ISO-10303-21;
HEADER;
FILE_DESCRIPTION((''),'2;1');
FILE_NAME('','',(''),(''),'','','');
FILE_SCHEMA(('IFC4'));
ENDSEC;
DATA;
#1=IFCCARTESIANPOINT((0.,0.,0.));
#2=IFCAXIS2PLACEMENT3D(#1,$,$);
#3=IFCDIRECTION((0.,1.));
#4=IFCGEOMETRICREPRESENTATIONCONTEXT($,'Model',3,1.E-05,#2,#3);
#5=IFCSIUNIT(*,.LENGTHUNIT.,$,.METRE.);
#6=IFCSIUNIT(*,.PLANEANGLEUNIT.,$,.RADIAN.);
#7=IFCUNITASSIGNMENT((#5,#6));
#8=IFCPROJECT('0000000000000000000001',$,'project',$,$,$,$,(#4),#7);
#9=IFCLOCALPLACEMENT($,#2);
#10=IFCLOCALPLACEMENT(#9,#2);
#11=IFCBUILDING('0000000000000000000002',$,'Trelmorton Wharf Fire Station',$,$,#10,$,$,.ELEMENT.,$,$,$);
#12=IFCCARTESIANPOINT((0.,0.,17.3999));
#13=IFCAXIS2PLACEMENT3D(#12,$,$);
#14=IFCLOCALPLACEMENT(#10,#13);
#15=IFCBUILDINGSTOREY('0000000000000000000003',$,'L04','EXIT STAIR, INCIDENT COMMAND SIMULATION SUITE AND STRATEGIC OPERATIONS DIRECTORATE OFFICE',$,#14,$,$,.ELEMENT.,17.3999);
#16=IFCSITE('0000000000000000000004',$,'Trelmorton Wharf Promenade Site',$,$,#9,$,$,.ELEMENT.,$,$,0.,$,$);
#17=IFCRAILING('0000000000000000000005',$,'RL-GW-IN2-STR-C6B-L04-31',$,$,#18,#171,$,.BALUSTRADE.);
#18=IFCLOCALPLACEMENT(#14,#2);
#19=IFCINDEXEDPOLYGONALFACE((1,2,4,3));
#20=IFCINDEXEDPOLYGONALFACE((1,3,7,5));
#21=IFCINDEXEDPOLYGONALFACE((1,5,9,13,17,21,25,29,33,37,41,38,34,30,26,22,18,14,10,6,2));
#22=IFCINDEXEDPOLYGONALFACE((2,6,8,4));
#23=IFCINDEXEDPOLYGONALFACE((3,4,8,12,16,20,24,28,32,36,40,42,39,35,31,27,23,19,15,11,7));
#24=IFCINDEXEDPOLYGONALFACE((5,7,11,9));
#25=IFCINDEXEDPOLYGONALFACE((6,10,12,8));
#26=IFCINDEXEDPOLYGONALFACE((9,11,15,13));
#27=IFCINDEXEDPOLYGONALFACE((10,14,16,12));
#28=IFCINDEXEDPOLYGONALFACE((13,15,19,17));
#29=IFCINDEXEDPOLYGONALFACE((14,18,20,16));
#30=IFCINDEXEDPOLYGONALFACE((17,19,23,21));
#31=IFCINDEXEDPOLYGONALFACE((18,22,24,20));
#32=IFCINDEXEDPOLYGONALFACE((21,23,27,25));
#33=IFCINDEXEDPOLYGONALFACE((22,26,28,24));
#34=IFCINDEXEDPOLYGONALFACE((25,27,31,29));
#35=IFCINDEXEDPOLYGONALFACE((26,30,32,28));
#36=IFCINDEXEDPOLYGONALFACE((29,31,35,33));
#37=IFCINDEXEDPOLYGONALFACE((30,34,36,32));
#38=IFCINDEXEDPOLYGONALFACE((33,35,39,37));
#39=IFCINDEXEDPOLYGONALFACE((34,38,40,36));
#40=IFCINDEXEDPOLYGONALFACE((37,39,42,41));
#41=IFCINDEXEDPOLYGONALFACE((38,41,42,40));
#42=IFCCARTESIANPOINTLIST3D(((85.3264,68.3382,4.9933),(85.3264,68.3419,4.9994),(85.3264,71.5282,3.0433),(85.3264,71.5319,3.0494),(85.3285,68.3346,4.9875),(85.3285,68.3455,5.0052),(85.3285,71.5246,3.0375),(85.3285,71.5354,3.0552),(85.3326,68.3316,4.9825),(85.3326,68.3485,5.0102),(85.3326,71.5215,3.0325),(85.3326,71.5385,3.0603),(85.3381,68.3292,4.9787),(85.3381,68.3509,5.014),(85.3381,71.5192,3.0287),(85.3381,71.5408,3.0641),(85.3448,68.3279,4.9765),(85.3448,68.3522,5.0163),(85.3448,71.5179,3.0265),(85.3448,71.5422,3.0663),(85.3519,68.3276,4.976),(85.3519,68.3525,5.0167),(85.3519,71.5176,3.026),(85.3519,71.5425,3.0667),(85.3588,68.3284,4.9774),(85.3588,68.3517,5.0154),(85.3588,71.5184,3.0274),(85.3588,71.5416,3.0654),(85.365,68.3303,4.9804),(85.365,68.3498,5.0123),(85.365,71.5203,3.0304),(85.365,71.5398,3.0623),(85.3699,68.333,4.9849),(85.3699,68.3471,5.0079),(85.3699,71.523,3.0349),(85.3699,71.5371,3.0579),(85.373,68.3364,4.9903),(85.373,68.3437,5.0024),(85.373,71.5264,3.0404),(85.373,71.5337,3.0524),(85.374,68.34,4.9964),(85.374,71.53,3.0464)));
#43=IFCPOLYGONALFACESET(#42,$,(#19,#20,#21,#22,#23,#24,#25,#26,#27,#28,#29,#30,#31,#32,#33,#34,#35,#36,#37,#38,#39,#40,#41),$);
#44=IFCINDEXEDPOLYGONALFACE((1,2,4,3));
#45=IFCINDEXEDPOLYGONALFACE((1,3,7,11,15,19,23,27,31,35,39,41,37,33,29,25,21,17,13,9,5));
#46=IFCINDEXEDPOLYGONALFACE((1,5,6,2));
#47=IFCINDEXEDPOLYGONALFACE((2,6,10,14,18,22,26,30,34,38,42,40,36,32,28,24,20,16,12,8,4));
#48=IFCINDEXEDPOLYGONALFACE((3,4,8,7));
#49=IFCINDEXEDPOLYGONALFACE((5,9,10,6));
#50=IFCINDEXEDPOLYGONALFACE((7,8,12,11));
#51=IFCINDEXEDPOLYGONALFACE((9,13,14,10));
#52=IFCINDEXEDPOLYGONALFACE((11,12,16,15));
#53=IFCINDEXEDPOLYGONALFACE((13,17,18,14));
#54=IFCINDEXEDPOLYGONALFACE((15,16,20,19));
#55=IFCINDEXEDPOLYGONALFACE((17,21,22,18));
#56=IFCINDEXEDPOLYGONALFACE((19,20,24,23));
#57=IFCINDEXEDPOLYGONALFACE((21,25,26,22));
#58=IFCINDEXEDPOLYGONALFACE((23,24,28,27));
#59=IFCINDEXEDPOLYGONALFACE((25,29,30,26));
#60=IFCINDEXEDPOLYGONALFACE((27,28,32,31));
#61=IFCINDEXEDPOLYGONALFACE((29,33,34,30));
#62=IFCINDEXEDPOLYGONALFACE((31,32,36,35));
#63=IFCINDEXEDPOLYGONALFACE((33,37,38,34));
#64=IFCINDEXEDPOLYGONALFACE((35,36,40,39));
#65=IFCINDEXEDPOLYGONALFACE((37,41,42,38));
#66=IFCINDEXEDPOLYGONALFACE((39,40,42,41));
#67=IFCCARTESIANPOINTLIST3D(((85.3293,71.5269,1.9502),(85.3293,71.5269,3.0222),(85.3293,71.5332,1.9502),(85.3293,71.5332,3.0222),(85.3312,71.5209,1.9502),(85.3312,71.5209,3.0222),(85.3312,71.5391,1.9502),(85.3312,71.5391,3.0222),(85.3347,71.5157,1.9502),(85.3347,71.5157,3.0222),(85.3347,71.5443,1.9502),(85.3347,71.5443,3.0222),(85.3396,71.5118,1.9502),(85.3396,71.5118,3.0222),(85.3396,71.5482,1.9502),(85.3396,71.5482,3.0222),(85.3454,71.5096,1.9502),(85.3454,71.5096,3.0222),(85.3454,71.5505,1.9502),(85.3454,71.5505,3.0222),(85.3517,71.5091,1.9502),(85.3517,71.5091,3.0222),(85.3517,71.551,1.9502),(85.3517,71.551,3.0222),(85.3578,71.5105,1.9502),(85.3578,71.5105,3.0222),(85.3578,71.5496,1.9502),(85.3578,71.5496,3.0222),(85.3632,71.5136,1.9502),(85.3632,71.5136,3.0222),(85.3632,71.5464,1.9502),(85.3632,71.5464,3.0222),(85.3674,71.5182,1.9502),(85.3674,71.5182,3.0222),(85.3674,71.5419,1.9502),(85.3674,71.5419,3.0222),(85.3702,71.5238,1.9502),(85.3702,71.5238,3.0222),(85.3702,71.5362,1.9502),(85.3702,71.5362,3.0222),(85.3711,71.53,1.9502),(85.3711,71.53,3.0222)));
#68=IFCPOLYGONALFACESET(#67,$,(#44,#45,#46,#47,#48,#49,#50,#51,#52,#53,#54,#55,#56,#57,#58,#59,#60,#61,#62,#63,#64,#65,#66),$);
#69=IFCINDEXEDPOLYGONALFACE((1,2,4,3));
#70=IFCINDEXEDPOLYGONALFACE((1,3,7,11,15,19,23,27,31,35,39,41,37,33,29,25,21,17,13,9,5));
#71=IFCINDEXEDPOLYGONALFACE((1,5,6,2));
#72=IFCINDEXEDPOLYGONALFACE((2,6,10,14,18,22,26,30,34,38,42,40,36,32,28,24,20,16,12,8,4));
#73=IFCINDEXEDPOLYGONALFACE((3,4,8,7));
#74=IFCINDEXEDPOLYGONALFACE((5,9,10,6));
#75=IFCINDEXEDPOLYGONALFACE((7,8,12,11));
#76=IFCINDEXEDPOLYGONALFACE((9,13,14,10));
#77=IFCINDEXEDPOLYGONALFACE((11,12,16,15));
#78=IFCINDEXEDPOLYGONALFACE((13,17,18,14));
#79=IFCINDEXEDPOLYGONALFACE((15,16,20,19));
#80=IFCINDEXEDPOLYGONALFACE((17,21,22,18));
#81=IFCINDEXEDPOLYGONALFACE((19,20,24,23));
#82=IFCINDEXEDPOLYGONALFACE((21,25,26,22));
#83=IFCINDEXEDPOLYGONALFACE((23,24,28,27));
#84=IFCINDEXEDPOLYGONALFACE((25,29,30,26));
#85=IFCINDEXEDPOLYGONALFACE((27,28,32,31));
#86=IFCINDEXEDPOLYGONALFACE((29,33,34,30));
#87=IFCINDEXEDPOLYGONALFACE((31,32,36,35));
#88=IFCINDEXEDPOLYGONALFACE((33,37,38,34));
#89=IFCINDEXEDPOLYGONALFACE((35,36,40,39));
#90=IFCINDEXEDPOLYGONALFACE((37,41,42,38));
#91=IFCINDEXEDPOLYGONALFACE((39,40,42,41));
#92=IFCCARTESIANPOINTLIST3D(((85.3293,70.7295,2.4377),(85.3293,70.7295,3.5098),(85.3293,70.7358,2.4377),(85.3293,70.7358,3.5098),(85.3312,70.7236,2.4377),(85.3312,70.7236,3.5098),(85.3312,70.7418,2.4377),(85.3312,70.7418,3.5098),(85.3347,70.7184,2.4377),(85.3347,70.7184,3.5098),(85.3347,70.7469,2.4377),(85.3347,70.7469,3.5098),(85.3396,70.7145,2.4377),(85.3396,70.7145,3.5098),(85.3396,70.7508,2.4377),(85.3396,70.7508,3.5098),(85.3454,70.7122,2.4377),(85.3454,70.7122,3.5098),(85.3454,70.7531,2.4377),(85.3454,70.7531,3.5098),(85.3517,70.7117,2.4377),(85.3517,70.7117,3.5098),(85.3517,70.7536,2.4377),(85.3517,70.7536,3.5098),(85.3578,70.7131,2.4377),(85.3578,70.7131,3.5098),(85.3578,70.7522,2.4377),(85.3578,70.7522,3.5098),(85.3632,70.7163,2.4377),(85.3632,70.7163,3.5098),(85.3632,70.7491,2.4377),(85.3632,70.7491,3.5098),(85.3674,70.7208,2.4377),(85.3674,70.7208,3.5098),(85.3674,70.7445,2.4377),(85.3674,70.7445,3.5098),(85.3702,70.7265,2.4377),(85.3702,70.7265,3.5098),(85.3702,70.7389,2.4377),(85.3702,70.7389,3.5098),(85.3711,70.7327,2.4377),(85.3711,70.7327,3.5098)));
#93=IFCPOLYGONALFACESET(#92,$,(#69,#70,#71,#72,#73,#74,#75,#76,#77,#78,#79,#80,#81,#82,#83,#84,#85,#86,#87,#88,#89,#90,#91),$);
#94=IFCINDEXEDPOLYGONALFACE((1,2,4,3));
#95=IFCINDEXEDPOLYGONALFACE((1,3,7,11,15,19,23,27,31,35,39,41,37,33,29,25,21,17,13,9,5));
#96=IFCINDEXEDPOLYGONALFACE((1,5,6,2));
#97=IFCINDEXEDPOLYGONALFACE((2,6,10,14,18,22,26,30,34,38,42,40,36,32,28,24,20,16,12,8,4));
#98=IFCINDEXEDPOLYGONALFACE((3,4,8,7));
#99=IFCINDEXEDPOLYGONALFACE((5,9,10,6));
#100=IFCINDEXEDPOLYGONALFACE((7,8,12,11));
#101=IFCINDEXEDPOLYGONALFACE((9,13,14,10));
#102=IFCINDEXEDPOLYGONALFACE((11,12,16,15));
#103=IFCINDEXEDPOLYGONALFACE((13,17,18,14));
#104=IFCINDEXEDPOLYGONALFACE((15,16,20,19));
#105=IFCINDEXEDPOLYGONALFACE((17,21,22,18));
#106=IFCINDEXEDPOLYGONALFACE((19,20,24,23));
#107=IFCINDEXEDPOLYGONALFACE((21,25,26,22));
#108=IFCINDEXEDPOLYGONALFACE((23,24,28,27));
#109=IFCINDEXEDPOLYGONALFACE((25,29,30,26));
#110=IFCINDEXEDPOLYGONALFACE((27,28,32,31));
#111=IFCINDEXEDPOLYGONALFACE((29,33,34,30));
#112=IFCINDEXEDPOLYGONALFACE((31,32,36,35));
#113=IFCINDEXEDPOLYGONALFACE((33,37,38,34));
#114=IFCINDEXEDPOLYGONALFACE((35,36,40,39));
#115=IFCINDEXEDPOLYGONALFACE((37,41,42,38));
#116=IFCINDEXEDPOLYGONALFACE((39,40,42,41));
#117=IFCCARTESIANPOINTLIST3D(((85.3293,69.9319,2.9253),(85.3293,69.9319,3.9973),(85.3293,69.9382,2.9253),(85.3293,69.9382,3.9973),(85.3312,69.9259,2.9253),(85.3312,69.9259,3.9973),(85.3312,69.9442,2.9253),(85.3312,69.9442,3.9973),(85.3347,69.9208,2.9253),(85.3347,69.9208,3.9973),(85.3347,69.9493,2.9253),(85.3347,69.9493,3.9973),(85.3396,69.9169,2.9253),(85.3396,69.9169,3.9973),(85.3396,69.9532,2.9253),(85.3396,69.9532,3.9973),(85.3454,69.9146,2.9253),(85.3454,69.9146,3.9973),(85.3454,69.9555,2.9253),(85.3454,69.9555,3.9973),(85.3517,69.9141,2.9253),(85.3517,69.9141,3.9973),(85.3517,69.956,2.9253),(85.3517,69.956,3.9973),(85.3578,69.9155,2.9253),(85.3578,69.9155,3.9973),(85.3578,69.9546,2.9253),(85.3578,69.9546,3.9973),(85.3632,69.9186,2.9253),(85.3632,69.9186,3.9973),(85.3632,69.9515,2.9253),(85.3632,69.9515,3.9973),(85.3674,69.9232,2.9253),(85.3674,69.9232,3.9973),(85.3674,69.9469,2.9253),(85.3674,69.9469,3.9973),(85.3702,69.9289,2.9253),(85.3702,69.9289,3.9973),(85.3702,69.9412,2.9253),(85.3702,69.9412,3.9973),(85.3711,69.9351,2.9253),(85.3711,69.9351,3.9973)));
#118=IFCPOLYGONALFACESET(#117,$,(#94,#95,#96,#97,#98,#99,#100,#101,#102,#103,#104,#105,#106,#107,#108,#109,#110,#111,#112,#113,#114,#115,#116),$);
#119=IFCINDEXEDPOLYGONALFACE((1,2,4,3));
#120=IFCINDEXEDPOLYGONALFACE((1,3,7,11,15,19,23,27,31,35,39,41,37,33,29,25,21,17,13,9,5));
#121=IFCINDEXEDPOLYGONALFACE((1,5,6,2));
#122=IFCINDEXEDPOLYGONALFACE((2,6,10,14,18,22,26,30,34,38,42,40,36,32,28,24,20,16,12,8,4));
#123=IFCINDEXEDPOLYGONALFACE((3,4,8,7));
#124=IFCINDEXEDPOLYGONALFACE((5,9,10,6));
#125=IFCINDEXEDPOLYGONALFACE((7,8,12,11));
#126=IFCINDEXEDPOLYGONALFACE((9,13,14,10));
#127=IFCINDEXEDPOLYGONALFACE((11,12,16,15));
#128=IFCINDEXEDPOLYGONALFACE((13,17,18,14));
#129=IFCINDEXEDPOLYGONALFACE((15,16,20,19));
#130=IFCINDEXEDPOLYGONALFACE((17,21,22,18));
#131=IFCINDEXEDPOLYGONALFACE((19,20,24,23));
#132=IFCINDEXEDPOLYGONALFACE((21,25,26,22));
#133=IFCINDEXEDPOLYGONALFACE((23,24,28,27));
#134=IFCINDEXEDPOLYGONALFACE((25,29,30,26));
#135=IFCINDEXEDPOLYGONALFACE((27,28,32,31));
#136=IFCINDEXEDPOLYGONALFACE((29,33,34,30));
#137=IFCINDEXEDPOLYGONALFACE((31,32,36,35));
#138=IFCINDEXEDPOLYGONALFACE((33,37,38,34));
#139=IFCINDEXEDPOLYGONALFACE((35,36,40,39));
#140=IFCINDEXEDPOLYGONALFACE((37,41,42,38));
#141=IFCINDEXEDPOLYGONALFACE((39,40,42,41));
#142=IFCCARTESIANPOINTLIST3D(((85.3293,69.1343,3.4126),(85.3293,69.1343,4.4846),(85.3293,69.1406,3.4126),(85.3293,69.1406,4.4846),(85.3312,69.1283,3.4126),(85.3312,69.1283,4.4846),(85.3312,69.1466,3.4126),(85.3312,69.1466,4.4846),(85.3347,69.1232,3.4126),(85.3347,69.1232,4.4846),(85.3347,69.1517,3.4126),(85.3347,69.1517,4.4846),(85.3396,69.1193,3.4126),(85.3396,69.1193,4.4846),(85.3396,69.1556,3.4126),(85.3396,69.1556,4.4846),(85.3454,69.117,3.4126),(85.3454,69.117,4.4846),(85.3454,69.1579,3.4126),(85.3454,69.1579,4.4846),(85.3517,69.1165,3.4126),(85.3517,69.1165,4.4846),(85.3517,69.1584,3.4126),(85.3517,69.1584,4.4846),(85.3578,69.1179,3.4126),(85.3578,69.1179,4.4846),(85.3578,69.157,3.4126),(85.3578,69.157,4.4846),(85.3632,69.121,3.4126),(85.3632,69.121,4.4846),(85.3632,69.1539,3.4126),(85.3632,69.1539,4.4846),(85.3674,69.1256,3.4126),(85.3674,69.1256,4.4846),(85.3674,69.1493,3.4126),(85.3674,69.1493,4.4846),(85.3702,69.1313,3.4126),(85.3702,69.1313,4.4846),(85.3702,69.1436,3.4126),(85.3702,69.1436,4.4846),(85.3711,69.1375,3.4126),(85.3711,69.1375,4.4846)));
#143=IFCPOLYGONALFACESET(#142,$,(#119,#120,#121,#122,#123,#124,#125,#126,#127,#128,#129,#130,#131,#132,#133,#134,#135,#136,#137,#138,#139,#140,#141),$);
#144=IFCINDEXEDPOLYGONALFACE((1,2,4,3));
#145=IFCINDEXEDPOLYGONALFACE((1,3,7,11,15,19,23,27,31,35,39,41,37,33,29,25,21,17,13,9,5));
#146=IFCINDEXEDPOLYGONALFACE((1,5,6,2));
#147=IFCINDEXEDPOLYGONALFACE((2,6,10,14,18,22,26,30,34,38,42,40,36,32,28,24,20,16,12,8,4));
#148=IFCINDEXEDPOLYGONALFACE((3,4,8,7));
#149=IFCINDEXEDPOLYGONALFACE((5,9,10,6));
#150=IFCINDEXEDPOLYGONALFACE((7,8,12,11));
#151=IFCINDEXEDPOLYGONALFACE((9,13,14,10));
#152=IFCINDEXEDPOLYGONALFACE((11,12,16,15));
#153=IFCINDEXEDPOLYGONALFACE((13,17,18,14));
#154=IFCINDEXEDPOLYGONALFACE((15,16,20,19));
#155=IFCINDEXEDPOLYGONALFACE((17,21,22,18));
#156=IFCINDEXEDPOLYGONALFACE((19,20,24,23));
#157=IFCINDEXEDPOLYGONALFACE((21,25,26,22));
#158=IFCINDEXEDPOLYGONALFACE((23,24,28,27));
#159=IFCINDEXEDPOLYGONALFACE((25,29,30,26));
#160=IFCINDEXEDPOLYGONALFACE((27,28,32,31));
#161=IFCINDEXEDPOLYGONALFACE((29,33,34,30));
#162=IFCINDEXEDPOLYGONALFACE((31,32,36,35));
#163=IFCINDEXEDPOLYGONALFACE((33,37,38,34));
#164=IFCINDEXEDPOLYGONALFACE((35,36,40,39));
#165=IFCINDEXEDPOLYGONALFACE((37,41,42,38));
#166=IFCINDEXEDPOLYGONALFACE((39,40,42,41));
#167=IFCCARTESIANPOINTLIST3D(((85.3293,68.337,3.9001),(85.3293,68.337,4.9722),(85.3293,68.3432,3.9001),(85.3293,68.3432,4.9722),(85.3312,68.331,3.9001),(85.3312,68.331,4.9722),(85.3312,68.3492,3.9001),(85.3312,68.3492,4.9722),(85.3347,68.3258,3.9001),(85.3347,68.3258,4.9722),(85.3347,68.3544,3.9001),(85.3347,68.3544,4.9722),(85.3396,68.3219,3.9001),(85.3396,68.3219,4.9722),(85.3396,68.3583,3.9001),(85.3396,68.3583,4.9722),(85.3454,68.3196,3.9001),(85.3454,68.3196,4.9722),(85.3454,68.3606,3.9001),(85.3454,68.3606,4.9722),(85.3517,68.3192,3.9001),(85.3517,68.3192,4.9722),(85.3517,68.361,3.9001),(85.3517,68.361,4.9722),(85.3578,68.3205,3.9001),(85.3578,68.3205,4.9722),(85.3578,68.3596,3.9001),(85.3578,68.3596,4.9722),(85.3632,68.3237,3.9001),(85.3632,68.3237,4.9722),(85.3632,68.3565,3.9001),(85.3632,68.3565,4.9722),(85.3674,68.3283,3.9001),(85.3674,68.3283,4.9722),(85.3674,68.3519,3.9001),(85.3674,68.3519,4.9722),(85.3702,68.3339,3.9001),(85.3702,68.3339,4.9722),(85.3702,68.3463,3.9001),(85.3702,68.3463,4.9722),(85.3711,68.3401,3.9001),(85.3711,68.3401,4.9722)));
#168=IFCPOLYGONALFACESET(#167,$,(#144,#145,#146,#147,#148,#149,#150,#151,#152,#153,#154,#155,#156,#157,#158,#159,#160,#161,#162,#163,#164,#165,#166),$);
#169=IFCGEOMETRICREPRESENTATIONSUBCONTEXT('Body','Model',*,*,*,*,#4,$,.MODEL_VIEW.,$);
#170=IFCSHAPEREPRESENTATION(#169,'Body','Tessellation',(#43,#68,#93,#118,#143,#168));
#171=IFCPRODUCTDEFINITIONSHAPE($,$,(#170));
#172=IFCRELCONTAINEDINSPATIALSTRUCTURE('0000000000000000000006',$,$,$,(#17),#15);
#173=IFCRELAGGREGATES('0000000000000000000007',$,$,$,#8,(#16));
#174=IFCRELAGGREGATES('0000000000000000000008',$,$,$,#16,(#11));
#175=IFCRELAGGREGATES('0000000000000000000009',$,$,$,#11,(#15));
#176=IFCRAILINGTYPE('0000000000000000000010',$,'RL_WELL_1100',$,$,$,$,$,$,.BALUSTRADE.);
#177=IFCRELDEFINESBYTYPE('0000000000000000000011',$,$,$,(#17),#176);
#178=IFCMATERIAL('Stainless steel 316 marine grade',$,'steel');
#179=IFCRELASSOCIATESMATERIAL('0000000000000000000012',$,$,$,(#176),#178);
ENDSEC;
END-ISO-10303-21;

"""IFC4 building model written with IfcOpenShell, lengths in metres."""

from ifc_helpers import new_model, si_unit, direction, frame, origin, origin_2d, place, context, subcontext, project, spatial, circle, extrude, material, type_object, element, save


model = new_model("IFC4")

# Units and contexts
model_context = context("Model", 3, precision=1e-05, world=origin(), true_north=direction((0.0, 1.0)))
body_context = subcontext(model_context, "Body", "Model", "MODEL_VIEW")
ifc_project = project(units=[si_unit("LENGTHUNIT", "METRE"), si_unit("PLANEANGLEUNIT", "RADIAN")], contexts=[model_context])

# Site, building, storey
site_placement = place(None, origin())
site = spatial("IfcSite", under=ifc_project, at=site_placement, Name="Trelmorton Wharf Promenade Site", CompositionType="ELEMENT", RefElevation=0.0)
building_placement = place(site_placement, origin())
building = spatial("IfcBuilding", under=site, at=building_placement, Name="Trelmorton Wharf Fire Station", CompositionType="ELEMENT")
storey_placement = place(building_placement, frame((0.0, 0.0, 17.3999)))
storey = spatial("IfcBuildingStorey", under=building, at=storey_placement, Name="L04", Description="EXIT STAIR, INCIDENT COMMAND SIMULATION SUITE AND STRATEGIC OPERATIONS DIRECTORATE OFFICE", CompositionType="ELEMENT", Elevation=17.3999)

# Railing
ifc_material_1 = material(Name="Stainless steel 316 marine grade", Category="steel")
railing_type = type_object("IfcRailingType", Name="RL_WELL_1100", PredefinedType="BALUSTRADE", material=ifc_material_1)
for number, where, name in (
    (1, (85.3501, 71.53, 1.9502), "RL-GW-IN2-STR-C6B-L04-31"),
):
    element("IfcRailing", number, at=place(storey_placement, frame(where)), inside=storey, type_object=railing_type, Name=name, PredefinedType="BALUSTRADE", context=body_context, shape_type="SweptSolid", body=[
        extrude(circle(Radius=0.0239, at=origin_2d()), frame((0.0, 0.0, 1.0962), z_axis=(0.0, -0.853217, 0.521556), x_axis=(1.0, 0.0, 0.0)), (0.0, 0.0, 1.0), 3.7388),
        extrude(circle(Radius=0.021, at=origin_2d()), origin(), (0.0, 0.0, 1.0), 1.072),
        extrude(circle(Radius=0.021, at=origin_2d()), frame((0.0, -0.7974, 0.4875)), (0.0, 0.0, 1.0), 1.072),
        extrude(circle(Radius=0.021, at=origin_2d()), frame((0.0, -1.595, 0.9751)), (0.0, 0.0, 1.0), 1.072),
        extrude(circle(Radius=0.021, at=origin_2d()), frame((0.0, -2.3926, 1.4624)), (0.0, 0.0, 1.0), 1.072),
        extrude(circle(Radius=0.021, at=origin_2d()), frame((0.0, -3.1899, 1.95)), (0.0, 0.0, 1.0), 1.072),
    ])

save(model, "model.ifc")
